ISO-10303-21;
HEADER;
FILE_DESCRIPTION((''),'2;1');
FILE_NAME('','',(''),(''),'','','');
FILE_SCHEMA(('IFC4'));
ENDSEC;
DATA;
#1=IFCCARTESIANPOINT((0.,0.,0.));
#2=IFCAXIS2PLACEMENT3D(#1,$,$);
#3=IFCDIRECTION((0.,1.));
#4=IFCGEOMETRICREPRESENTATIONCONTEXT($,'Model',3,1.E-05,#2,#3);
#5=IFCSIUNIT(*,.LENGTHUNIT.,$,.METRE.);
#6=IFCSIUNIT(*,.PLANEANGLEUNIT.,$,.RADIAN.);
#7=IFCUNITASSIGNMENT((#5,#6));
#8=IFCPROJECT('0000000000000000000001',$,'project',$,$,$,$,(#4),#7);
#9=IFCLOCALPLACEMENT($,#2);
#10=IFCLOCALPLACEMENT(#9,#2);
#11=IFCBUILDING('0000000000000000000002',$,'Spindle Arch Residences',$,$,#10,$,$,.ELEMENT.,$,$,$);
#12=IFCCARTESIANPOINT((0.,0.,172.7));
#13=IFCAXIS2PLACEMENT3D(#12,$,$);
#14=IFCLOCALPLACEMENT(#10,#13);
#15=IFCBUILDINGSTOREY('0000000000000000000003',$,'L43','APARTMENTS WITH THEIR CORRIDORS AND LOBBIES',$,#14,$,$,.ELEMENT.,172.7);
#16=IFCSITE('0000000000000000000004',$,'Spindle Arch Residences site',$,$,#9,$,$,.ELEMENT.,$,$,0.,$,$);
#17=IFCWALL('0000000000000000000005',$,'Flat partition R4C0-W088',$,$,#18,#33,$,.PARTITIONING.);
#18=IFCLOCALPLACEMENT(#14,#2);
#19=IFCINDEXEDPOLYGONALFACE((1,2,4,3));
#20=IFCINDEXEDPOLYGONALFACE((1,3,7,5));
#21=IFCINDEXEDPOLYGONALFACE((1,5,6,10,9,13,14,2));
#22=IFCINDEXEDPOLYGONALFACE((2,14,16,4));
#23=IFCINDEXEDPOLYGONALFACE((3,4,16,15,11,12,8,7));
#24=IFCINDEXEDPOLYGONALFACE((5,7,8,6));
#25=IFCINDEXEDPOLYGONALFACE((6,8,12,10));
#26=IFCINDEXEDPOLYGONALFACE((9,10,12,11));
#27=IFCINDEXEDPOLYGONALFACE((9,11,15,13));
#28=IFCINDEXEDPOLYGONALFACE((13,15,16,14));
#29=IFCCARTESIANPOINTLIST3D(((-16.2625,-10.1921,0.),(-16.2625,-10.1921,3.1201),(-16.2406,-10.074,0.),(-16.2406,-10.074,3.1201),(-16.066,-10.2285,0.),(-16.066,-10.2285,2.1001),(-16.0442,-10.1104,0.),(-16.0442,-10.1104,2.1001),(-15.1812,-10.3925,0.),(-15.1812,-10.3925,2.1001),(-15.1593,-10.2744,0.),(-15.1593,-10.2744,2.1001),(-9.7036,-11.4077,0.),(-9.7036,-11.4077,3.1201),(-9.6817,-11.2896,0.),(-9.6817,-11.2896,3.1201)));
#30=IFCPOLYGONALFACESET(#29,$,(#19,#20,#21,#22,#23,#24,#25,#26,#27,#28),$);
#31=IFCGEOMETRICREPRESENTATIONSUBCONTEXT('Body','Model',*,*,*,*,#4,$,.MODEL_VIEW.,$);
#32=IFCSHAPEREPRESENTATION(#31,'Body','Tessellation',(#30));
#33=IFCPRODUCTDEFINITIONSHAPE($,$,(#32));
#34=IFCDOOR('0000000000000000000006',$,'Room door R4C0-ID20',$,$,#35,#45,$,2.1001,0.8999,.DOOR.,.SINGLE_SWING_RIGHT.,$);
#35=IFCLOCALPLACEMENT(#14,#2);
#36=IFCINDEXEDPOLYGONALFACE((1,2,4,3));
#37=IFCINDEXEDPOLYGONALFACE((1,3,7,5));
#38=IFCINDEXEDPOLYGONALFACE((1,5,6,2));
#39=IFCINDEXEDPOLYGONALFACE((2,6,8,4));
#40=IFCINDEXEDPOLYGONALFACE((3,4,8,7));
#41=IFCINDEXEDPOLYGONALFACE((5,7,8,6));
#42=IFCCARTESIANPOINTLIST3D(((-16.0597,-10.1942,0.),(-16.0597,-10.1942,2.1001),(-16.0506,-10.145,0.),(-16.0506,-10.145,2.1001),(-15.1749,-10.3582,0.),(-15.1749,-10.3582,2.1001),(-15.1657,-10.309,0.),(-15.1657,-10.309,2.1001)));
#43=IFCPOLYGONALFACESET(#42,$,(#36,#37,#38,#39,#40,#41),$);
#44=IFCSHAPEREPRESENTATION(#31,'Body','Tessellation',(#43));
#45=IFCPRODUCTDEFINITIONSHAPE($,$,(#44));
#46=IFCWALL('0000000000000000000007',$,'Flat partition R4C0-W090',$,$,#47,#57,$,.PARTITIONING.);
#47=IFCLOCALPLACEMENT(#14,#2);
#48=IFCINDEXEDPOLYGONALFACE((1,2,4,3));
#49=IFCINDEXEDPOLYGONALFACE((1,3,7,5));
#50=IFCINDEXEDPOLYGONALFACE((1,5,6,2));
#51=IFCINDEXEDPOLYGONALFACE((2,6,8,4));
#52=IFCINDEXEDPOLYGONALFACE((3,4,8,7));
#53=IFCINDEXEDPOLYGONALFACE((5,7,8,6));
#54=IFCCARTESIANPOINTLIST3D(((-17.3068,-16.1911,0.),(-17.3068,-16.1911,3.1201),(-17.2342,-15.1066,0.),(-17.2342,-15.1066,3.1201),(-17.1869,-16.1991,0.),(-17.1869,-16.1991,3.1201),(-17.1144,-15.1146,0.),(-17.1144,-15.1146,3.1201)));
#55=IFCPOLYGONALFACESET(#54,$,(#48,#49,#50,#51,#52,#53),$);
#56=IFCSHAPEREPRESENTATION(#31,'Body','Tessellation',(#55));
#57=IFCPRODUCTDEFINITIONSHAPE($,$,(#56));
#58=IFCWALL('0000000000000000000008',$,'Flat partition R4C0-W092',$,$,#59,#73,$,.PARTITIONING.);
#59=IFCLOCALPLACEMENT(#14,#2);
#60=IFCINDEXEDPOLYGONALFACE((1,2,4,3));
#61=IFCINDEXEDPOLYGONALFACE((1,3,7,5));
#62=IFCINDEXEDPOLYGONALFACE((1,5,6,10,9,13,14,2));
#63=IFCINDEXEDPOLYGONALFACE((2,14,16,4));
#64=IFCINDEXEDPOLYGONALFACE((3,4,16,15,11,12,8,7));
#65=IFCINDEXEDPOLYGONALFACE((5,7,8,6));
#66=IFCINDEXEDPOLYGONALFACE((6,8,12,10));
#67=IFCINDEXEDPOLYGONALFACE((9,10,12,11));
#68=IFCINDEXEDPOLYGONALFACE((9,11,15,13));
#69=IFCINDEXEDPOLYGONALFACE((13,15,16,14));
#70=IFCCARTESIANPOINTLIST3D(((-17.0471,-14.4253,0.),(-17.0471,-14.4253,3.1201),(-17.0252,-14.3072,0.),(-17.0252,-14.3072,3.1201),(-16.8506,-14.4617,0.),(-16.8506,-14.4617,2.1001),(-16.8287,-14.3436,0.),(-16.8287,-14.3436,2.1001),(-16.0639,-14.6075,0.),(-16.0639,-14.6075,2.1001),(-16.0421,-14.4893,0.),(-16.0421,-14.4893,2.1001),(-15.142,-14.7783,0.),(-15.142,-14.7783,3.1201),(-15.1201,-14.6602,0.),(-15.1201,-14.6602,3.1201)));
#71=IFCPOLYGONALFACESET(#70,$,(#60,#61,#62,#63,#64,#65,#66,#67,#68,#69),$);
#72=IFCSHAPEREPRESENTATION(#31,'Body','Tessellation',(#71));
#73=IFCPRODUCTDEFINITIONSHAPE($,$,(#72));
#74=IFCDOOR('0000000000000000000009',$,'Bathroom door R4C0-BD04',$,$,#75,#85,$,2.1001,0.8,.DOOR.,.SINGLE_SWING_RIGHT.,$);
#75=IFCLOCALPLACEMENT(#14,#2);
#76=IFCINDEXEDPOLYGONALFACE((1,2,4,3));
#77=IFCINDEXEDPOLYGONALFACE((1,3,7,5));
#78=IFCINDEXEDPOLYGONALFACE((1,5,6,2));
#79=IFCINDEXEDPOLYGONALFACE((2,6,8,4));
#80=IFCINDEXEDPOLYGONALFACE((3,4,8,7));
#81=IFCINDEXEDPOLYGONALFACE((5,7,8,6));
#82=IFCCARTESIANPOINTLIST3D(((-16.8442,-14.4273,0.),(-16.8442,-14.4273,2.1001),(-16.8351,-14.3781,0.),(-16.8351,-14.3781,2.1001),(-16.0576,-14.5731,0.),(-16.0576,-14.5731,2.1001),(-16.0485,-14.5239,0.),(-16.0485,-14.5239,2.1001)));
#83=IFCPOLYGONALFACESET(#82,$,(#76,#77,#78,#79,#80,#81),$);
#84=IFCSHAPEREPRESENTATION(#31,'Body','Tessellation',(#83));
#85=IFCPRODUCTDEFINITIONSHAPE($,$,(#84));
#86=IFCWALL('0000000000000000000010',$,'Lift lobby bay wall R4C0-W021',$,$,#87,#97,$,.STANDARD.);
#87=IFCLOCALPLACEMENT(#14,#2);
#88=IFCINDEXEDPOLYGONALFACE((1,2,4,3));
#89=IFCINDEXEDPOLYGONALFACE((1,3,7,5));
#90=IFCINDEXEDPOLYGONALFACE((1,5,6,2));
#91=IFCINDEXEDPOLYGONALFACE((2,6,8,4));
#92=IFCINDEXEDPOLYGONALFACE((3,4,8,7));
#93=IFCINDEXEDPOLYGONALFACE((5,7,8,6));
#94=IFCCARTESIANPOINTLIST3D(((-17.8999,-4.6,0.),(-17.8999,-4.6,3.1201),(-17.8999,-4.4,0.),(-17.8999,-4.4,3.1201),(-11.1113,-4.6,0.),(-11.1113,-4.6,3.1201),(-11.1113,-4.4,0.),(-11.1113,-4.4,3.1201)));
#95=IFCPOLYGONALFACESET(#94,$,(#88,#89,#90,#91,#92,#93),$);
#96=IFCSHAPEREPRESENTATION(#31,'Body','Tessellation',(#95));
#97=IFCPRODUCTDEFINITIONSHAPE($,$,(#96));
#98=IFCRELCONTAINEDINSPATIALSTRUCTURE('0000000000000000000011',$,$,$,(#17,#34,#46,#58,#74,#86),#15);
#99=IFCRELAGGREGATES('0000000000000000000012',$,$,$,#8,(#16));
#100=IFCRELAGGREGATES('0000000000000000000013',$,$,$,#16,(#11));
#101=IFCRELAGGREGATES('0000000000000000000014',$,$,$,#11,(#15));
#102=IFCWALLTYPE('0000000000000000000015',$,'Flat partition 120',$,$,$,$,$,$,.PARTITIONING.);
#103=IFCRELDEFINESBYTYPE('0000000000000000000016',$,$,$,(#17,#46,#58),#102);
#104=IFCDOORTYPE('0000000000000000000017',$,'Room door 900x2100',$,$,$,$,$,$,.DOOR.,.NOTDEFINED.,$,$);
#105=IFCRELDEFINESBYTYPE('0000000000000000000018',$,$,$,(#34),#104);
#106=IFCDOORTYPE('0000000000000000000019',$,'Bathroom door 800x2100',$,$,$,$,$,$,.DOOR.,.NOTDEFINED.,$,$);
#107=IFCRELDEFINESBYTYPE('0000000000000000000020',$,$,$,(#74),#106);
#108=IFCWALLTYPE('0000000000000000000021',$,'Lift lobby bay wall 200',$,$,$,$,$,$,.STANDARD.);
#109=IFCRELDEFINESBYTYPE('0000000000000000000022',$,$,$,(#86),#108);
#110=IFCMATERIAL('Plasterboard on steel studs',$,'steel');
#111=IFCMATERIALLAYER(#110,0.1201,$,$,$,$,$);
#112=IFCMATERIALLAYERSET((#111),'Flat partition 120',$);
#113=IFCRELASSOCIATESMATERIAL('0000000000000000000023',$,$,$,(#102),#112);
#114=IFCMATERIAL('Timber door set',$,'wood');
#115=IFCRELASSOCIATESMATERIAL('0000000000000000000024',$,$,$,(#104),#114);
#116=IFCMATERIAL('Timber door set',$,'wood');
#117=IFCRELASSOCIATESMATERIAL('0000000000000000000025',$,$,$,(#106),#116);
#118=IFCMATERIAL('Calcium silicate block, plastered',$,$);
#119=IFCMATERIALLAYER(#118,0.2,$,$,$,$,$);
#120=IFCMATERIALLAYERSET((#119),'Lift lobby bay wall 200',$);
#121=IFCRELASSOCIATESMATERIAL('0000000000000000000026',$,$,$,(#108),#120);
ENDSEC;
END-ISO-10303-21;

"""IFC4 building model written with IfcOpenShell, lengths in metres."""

from ifc_helpers import new_model, si_unit, direction, frame, frame_2d, origin, place, context, subcontext, project, spatial, rectangle, extrude, material, layer, layer_set, type_object, element, fill, save


model = new_model("IFC4")

# Units and contexts
model_context = context("Model", 3, precision=1e-05, world=origin(), true_north=direction((0.0, 1.0)))
body_context = subcontext(model_context, "Body", "Model", "MODEL_VIEW")
ifc_project = project(units=[si_unit("LENGTHUNIT", "METRE"), si_unit("PLANEANGLEUNIT", "RADIAN")], contexts=[model_context])

# Site, building, storey
site_placement = place(None, origin())
site = spatial("IfcSite", under=ifc_project, at=site_placement, Name="Spindle Arch Residences site", CompositionType="ELEMENT", RefElevation=0.0)
building_placement = place(site_placement, origin())
building = spatial("IfcBuilding", under=site, at=building_placement, Name="Spindle Arch Residences", CompositionType="ELEMENT")
storey_placement = place(building_placement, frame((0.0, 0.0, 172.7)))
storey = spatial("IfcBuildingStorey", under=building, at=storey_placement, Name="L43", Description="APARTMENTS WITH THEIR CORRIDORS AND LOBBIES", CompositionType="ELEMENT", Elevation=172.7)

# Shared definitions
ifc_material_1 = material(Name="Plasterboard on steel studs", Category="steel")
ifc_layer_1 = layer(ifc_material_1, 0.1201)
ifc_layer_set_1 = layer_set([ifc_layer_1], Name="Flat partition 120")
wall_type_1 = type_object("IfcWallType", Name="Flat partition 120", PredefinedType="PARTITIONING", material=ifc_layer_set_1)
ifc_material_2 = material(Name="Timber door set", Category="wood")
door_type_1 = type_object("IfcDoorType", Name="Room door 900x2100", OperationType="NOTDEFINED", PredefinedType="DOOR", material=ifc_material_2)

# Wall, opening, door
wall_1_placement = place(storey_placement, frame((-16.2517, -10.1331, 0.0), z_axis=(0.0, 0.0, 1.0), x_axis=(0.983257, -0.182224, 0.0)))
wall_1 = element("IfcWall", 1, at=wall_1_placement, inside=storey, type_object=wall_type_1, Name="Flat partition R4C0-W088", PredefinedType="PARTITIONING", context=body_context, shape_type="SweptSolid", body=[
    extrude(rectangle(XDim=6.6707, YDim=0.1201, at=frame_2d((3.3354, 0.0))), origin(), (0.0, 0.0, 1.0), 3.1201),
])
opening_1_placement = place(wall_1_placement, frame((0.2, 0.0, 0.0)))
opening_1 = element("IfcOpeningElement", 2, at=opening_1_placement, cuts=wall_1, PredefinedType="OPENING", context=body_context, shape_type="SweptSolid", body=[
    extrude(rectangle(XDim=0.8999, YDim=2.1001, at=frame_2d((0.45, 1.05))), frame((0.0, 0.0701, 0.0), z_axis=(0.0, -1.0, 0.0), x_axis=(1.0, 0.0, 0.0)), (0.0, 0.0, 1.0), 0.1401),
])
door_1_placement = place(opening_1_placement, origin())
door_1 = element("IfcDoor", 3, at=door_1_placement, inside=storey, type_object=door_type_1, Name="Room door R4C0-ID20", OperationType="SINGLE_SWING_RIGHT", OverallHeight=2.1001, OverallWidth=0.8999, PredefinedType="DOOR", context=body_context, shape_type="SweptSolid", body=[
    extrude(rectangle(XDim=0.8999, YDim=2.1001, at=frame_2d((0.45, 1.05))), frame((0.0, 0.0249, 0.0), z_axis=(0.0, -1.0, 0.0), x_axis=(1.0, 0.0, 0.0)), (0.0, 0.0, 1.0), 0.05),
])
fill(opening_1, door_1)

# Wall
wall_2_placement = place(storey_placement, frame((-17.2468, -16.1951, 0.0), z_axis=(0.0, 0.0, 1.0), x_axis=(0.066713, 0.997772, 0.0)))
element("IfcWall", 4, at=wall_2_placement, inside=storey, type_object=wall_type_1, Name="Flat partition R4C0-W090", PredefinedType="PARTITIONING", context=body_context, shape_type="SweptSolid", body=[
    extrude(rectangle(XDim=1.0869, YDim=0.1201, at=frame_2d((0.5435, 0.0))), origin(), (0.0, 0.0, 1.0), 3.1201),
])

# Wall, opening, door
wall_3_placement = place(storey_placement, frame((-17.0361, -14.3662, 0.0), z_axis=(0.0, 0.0, 1.0), x_axis=(0.983259, -0.182211, 0.0)))
wall_3 = element("IfcWall", 5, at=wall_3_placement, inside=storey, type_object=wall_type_1, Name="Flat partition R4C0-W092", PredefinedType="PARTITIONING", context=body_context, shape_type="SweptSolid", body=[
    extrude(rectangle(XDim=1.9375, YDim=0.1201, at=frame_2d((0.9688, 0.0))), origin(), (0.0, 0.0, 1.0), 3.1201),
])
opening_2_placement = place(wall_3_placement, frame((0.2, 0.0, 0.0)))
opening_2 = element("IfcOpeningElement", 6, at=opening_2_placement, cuts=wall_3, PredefinedType="OPENING", context=body_context, shape_type="SweptSolid", body=[
    extrude(rectangle(XDim=0.8, YDim=2.1001, at=frame_2d((0.3999, 1.05))), frame((0.0, 0.0701, 0.0), z_axis=(0.0, -1.0, 0.0), x_axis=(1.0, 0.0, 0.0)), (0.0, 0.0, 1.0), 0.1401),
])
ifc_material_3 = material(Name="Timber door set", Category="wood")
door_type_2 = type_object("IfcDoorType", Name="Bathroom door 800x2100", OperationType="NOTDEFINED", PredefinedType="DOOR", material=ifc_material_3)
door_2_placement = place(opening_2_placement, origin())
door_2 = element("IfcDoor", 7, at=door_2_placement, inside=storey, type_object=door_type_2, Name="Bathroom door R4C0-BD04", OperationType="SINGLE_SWING_RIGHT", OverallHeight=2.1001, OverallWidth=0.8, PredefinedType="DOOR", context=body_context, shape_type="SweptSolid", body=[
    extrude(rectangle(XDim=0.8, YDim=2.1001, at=frame_2d((0.3999, 1.05))), frame((0.0, 0.0249, 0.0), z_axis=(0.0, -1.0, 0.0), x_axis=(1.0, 0.0, 0.0)), (0.0, 0.0, 1.0), 0.05),
])
fill(opening_2, door_2)

# Wall
ifc_material_4 = material(Name="Calcium silicate block, plastered")
ifc_layer_2 = layer(ifc_material_4, 0.2)
ifc_layer_set_2 = layer_set([ifc_layer_2], Name="Lift lobby bay wall 200")
wall_type_2 = type_object("IfcWallType", Name="Lift lobby bay wall 200", PredefinedType="STANDARD", material=ifc_layer_set_2)
wall_4_placement = place(storey_placement, frame((-17.8999, -4.5, 0.0), z_axis=(0.0, 0.0, 1.0), x_axis=(1.0, 0.0, 0.0)))
element("IfcWall", 8, at=wall_4_placement, inside=storey, type_object=wall_type_2, Name="Lift lobby bay wall R4C0-W021", PredefinedType="STANDARD", context=body_context, shape_type="SweptSolid", body=[
    extrude(rectangle(XDim=6.7886, YDim=0.2, at=frame_2d((3.3943, 0.0))), origin(), (0.0, 0.0, 1.0), 3.1201),
])

save(model, "model.ifc")
